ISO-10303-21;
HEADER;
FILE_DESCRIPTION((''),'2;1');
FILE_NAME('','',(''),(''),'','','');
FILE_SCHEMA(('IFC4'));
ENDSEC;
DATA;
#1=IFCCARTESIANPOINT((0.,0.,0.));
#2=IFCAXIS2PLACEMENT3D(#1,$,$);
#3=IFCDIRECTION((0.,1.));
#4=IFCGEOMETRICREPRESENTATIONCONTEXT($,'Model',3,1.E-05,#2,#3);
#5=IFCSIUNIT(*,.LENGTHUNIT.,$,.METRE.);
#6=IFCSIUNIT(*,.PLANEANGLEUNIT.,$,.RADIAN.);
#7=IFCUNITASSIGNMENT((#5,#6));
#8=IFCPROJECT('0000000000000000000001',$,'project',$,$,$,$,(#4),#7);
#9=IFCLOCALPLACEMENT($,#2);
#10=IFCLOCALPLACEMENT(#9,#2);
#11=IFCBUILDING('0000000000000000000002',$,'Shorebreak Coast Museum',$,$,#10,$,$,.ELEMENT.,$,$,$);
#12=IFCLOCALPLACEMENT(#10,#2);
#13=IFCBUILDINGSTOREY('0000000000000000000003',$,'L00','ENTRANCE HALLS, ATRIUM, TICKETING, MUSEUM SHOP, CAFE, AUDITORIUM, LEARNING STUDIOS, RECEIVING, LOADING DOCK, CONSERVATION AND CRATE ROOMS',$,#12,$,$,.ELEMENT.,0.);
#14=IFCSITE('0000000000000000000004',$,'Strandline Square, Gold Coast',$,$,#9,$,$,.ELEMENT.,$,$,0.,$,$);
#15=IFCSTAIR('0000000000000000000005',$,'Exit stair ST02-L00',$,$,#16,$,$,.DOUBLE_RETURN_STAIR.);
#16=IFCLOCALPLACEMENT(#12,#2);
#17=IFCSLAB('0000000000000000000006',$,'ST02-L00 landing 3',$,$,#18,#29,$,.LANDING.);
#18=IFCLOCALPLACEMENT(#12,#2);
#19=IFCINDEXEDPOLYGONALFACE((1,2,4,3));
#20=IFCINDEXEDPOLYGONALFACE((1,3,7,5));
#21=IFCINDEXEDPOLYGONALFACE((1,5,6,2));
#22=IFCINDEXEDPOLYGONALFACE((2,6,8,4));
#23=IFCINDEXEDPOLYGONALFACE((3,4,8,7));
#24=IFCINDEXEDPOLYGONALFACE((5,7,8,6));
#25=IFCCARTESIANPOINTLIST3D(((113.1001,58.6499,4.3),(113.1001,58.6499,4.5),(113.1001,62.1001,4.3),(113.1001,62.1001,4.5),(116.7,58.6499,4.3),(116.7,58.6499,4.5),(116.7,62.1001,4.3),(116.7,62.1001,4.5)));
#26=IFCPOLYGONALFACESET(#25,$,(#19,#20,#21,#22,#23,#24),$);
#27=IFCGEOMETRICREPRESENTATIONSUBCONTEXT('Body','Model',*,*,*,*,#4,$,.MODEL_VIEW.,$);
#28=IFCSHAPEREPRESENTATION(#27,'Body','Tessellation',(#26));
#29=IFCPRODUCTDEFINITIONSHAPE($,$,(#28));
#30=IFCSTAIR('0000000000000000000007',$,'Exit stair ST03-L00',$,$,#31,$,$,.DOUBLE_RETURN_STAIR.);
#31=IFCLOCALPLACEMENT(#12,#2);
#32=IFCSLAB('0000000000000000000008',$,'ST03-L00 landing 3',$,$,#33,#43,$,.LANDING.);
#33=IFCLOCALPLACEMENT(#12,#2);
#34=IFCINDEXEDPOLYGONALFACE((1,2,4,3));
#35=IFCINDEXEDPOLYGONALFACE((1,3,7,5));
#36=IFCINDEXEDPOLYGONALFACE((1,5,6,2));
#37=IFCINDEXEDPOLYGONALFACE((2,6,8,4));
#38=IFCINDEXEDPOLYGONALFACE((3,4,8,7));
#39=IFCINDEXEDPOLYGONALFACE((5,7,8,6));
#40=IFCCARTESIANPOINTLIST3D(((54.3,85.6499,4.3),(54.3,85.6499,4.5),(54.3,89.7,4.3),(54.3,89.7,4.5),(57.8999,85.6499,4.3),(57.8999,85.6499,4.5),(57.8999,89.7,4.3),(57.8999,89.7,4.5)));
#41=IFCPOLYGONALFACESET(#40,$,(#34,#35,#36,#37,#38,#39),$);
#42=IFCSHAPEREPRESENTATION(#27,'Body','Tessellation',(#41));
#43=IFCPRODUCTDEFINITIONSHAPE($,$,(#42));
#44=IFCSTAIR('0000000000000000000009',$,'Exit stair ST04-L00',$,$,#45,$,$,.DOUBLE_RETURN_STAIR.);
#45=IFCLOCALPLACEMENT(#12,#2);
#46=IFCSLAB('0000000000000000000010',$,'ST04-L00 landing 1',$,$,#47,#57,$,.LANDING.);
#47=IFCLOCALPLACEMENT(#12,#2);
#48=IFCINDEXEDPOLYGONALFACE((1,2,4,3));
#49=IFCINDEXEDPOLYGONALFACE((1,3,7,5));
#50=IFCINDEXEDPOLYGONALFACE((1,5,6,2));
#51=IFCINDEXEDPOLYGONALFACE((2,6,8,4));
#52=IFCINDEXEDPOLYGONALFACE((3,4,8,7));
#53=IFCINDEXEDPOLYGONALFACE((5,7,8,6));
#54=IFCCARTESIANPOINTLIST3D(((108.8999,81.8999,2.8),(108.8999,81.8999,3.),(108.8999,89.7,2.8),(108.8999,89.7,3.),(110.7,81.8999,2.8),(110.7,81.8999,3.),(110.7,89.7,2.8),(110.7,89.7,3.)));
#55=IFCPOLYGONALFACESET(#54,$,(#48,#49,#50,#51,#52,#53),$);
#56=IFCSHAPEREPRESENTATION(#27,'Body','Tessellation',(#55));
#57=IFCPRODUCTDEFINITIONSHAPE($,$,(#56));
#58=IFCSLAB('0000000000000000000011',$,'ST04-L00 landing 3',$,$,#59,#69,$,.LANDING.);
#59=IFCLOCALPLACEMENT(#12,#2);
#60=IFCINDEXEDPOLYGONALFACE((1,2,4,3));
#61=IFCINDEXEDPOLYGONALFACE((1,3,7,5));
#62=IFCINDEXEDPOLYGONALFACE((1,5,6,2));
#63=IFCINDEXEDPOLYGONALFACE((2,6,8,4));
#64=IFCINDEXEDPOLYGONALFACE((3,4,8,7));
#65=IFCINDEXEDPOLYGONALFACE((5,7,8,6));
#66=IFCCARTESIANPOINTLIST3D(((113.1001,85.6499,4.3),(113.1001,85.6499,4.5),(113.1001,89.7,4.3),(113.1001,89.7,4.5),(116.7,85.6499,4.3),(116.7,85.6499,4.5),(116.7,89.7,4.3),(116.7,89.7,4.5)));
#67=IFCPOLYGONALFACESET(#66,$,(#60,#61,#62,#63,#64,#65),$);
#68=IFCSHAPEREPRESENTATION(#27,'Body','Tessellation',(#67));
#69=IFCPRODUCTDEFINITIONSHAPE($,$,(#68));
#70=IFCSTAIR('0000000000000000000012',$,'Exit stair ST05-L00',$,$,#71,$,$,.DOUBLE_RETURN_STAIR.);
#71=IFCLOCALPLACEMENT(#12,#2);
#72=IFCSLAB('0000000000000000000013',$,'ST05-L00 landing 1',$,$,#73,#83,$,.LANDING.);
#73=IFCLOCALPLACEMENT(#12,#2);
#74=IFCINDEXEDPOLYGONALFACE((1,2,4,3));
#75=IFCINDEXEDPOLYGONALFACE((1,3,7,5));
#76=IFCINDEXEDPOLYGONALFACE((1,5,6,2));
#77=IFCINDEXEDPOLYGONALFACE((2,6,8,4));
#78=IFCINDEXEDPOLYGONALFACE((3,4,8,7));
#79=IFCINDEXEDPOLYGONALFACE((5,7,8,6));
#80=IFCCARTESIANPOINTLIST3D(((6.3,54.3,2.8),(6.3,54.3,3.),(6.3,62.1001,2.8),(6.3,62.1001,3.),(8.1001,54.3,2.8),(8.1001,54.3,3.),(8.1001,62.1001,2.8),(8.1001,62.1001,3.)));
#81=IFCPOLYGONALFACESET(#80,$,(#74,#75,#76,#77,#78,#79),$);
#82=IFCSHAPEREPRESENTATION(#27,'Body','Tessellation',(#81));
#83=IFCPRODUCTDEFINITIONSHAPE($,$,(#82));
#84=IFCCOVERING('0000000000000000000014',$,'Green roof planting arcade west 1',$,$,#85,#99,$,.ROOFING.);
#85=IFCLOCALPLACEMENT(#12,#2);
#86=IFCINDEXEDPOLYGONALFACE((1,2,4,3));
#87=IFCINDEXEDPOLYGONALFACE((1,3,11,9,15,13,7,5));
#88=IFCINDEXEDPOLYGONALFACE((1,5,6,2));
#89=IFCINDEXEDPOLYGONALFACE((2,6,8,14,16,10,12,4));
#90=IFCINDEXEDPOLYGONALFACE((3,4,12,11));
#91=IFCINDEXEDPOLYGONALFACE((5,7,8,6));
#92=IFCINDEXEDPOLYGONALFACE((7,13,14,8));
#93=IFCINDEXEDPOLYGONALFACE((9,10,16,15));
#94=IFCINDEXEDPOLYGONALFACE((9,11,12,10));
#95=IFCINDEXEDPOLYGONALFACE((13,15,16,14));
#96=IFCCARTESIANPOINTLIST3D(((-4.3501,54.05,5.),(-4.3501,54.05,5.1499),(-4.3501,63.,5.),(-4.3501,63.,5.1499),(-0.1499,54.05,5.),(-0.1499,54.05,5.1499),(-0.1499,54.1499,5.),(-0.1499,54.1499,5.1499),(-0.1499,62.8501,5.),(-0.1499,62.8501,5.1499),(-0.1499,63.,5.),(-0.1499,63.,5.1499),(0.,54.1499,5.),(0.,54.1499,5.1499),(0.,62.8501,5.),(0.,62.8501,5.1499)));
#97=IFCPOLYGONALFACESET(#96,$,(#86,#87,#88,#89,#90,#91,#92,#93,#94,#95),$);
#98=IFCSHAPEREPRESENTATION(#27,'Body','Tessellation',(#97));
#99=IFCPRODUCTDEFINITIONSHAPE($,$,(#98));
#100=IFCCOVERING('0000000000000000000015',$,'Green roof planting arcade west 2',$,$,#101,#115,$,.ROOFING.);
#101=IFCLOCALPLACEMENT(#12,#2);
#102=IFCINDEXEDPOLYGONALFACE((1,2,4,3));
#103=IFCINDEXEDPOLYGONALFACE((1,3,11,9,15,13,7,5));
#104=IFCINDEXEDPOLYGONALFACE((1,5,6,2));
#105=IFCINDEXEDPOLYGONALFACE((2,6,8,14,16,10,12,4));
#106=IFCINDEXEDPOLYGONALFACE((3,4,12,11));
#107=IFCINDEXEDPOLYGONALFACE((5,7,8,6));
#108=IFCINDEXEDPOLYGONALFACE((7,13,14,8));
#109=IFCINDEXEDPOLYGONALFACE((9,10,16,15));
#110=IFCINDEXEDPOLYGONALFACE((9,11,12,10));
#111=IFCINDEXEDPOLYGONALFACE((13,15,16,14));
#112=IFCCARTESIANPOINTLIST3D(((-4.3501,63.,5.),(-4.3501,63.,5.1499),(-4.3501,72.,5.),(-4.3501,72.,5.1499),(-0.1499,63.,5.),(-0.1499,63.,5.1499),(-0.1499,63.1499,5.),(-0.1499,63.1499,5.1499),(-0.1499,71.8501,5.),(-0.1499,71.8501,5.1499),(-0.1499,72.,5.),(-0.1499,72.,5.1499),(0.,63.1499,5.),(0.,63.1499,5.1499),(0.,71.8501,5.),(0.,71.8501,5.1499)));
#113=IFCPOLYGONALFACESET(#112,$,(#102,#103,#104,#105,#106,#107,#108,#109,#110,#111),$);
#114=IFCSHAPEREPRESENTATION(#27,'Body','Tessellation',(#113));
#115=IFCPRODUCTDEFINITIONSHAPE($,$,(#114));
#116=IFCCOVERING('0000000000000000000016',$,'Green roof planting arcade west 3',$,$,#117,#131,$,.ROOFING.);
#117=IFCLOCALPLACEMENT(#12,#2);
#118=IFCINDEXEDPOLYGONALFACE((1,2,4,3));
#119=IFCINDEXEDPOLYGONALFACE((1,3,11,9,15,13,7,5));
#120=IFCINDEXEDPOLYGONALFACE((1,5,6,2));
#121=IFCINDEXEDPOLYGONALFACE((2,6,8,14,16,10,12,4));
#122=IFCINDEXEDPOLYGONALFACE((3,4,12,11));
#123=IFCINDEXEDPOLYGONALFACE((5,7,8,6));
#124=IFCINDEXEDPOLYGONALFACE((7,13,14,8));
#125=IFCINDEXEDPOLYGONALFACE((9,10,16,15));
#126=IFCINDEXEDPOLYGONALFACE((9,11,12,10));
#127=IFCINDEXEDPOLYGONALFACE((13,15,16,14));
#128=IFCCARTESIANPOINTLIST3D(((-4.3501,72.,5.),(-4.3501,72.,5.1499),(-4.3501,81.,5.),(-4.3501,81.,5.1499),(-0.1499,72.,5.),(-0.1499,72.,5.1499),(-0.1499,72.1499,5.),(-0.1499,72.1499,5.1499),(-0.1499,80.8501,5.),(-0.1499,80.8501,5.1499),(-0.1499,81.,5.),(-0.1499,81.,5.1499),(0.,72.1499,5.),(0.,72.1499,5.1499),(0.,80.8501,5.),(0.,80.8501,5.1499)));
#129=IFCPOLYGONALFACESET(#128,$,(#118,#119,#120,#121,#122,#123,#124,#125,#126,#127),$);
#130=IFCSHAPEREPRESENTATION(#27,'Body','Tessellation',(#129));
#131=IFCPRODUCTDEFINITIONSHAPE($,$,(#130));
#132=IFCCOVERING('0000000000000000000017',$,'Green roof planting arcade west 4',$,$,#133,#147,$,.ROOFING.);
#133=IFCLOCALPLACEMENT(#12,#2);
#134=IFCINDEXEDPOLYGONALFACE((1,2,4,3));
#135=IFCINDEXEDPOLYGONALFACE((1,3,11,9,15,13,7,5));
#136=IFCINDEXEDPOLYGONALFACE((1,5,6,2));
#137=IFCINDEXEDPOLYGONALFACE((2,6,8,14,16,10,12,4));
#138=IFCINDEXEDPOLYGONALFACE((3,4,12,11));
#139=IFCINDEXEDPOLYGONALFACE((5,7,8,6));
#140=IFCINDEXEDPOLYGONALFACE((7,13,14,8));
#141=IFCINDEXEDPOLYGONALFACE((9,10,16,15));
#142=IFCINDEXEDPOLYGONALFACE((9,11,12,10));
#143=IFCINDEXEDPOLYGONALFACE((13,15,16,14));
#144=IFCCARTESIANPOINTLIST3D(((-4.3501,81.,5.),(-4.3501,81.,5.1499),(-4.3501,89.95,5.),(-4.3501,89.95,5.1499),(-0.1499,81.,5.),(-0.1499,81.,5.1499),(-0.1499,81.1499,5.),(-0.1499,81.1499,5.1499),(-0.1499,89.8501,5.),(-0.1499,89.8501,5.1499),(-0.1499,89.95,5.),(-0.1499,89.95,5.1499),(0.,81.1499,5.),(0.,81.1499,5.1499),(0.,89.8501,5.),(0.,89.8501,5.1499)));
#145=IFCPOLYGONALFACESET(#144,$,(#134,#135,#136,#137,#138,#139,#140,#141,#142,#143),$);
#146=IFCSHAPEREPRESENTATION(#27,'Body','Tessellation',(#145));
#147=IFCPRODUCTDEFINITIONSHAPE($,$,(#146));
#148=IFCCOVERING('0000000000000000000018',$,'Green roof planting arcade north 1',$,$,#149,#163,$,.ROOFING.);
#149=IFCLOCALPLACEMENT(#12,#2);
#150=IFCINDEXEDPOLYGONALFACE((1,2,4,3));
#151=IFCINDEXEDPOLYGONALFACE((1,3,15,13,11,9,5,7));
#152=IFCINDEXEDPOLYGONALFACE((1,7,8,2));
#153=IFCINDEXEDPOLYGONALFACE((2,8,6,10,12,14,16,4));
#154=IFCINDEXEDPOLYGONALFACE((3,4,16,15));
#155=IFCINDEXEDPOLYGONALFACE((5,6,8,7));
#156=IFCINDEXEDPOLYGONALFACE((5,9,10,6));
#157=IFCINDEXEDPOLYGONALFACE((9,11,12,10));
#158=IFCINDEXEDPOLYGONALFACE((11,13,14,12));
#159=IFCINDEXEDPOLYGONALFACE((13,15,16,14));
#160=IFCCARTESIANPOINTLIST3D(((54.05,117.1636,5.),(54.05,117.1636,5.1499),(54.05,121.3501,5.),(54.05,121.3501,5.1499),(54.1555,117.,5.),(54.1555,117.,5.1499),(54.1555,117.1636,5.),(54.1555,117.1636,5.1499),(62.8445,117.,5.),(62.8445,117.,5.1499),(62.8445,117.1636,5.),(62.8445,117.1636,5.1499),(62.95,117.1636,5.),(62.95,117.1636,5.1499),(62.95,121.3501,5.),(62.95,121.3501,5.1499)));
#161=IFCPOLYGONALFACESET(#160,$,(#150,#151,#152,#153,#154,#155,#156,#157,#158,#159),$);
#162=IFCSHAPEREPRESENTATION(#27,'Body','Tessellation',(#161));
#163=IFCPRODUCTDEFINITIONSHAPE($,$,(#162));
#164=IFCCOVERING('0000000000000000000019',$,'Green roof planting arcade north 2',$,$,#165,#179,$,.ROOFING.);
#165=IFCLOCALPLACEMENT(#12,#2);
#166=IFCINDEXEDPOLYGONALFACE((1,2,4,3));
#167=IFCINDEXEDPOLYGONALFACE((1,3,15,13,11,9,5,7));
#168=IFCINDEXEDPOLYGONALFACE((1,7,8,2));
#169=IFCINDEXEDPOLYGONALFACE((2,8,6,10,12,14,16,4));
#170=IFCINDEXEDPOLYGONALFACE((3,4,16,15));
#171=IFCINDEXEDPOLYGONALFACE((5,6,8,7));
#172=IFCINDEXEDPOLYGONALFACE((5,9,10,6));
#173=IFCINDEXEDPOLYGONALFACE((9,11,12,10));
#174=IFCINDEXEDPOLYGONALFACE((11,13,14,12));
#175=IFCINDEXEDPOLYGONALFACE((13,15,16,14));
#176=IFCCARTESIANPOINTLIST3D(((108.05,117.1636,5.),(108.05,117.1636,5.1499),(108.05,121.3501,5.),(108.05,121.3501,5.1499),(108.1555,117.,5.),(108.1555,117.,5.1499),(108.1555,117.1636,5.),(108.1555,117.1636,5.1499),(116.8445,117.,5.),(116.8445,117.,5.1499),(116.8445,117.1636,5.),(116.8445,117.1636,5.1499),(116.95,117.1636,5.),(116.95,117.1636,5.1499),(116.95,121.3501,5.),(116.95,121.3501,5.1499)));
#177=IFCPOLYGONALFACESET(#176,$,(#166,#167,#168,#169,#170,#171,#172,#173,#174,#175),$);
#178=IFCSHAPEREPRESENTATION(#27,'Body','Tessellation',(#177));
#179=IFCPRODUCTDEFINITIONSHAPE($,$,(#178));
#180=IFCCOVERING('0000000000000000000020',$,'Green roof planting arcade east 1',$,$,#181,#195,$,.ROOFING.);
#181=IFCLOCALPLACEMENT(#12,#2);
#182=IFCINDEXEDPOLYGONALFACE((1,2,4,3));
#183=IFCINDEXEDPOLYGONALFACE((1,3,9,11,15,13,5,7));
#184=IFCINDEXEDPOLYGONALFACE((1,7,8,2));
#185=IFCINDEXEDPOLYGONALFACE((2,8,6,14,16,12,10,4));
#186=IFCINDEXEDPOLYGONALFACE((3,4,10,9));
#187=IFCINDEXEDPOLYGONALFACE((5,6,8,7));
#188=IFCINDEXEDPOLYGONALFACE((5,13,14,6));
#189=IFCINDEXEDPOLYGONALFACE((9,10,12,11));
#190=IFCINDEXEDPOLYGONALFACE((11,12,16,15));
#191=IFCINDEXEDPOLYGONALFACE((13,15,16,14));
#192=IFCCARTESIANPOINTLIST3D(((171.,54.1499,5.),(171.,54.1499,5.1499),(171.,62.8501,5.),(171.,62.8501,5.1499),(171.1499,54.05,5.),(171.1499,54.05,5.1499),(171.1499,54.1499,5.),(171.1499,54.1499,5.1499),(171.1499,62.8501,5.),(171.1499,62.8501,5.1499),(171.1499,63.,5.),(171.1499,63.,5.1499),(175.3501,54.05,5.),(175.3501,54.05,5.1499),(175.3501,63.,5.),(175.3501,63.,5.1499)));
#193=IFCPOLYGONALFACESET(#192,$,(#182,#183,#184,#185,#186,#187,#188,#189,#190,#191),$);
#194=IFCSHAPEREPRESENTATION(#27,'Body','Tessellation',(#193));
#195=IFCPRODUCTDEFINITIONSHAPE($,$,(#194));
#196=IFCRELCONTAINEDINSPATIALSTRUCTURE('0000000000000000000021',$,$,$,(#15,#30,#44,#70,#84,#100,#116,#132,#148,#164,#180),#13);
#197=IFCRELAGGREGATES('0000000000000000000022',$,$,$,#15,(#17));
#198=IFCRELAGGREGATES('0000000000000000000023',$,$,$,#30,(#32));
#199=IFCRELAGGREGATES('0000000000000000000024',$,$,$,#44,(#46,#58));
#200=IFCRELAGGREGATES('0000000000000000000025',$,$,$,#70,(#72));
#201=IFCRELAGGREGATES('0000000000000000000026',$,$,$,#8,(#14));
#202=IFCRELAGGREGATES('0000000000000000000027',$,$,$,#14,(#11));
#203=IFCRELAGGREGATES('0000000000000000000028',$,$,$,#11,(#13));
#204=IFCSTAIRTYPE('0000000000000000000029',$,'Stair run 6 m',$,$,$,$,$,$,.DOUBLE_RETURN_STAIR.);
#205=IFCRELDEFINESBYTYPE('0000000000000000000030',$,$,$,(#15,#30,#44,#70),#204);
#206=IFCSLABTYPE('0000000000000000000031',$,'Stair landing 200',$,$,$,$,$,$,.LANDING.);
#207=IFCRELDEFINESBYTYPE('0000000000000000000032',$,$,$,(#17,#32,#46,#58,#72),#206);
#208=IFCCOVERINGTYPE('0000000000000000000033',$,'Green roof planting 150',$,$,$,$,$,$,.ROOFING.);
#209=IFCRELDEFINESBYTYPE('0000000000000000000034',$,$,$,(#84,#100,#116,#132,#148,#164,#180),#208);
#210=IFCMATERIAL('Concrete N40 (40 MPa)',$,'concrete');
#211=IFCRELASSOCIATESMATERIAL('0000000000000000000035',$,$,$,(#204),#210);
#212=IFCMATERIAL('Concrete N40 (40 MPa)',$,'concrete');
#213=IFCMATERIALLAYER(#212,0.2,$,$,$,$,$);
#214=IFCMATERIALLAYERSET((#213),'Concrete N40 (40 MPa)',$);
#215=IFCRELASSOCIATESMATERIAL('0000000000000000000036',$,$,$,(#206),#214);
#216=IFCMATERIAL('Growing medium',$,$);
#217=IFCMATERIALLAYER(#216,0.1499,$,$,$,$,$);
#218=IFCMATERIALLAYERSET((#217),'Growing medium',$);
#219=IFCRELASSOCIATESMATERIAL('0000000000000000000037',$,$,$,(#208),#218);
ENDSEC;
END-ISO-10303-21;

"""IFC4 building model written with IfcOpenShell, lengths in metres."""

from ifc_helpers import new_model, si_unit, direction, frame, origin, place, context, subcontext, project, spatial, polyline, outline, extrude, material, layer, layer_set, type_object, element, aggregate, save


model = new_model("IFC4")

# Units and contexts
model_context = context("Model", 3, precision=1e-05, world=origin(), true_north=direction((0.0, 1.0)))
body_context = subcontext(model_context, "Body", "Model", "MODEL_VIEW")
ifc_project = project(units=[si_unit("LENGTHUNIT", "METRE"), si_unit("PLANEANGLEUNIT", "RADIAN")], contexts=[model_context])

# Site, building, storey
site_placement = place(None, origin())
site = spatial("IfcSite", under=ifc_project, at=site_placement, Name="Strandline Square, Gold Coast", CompositionType="ELEMENT", RefElevation=0.0)
building_placement = place(site_placement, origin())
building = spatial("IfcBuilding", under=site, at=building_placement, Name="Shorebreak Coast Museum", CompositionType="ELEMENT")
storey_placement = place(building_placement, origin())
storey = spatial("IfcBuildingStorey", under=building, at=storey_placement, Name="L00", Description="ENTRANCE HALLS, ATRIUM, TICKETING, MUSEUM SHOP, CAFE, AUDITORIUM, LEARNING STUDIOS, RECEIVING, LOADING DOCK, CONSERVATION AND CRATE ROOMS", CompositionType="ELEMENT", Elevation=0.0)

# Stairs, slabs
ifc_material_1 = material(Name="Concrete N40 (40 MPa)", Category="concrete")
stair_type = type_object("IfcStairType", Name="Stair run 6 m", PredefinedType="DOUBLE_RETURN_STAIR", material=ifc_material_1)
ifc_material_2 = material(Name="Concrete N40 (40 MPa)", Category="concrete")
ifc_layer_1 = layer(ifc_material_2, 0.2)
ifc_layer_set_1 = layer_set([ifc_layer_1], Name="Concrete N40 (40 MPa)")
slab_type_1 = type_object("IfcSlabType", Name="Stair landing 200", PredefinedType="LANDING", material=ifc_layer_set_1)
stair_1_placement = place(storey_placement, origin())
stair_1 = element("IfcStair", 1, at=stair_1_placement, inside=storey, type_object=stair_type, Name="Exit stair ST02-L00", PredefinedType="DOUBLE_RETURN_STAIR")
slab_1_placement = place(storey_placement, frame((0.0, 0.0, 4.3)))
slab_1 = element("IfcSlab", 2, at=slab_1_placement, type_object=slab_type_1, Name="ST02-L00 landing 3", PredefinedType="LANDING", context=body_context, shape_type="SweptSolid", body=[
    extrude(outline(polyline([(113.1001, 58.6499), (116.7, 58.6499), (116.7, 62.1001), (113.1001, 62.1001), (113.1001, 58.6499)])), origin(), (0.0, 0.0, 1.0), 0.2),
])
aggregate(stair_1, [slab_1])
stair_2_placement = place(storey_placement, origin())
stair_2 = element("IfcStair", 3, at=stair_2_placement, inside=storey, type_object=stair_type, Name="Exit stair ST03-L00", PredefinedType="DOUBLE_RETURN_STAIR")
slab_2_placement = place(storey_placement, frame((0.0, 0.0, 4.3)))
slab_2 = element("IfcSlab", 4, at=slab_2_placement, type_object=slab_type_1, Name="ST03-L00 landing 3", PredefinedType="LANDING", context=body_context, shape_type="SweptSolid", body=[
    extrude(outline(polyline([(54.3, 85.6499), (57.8999, 85.6499), (57.8999, 89.7), (54.3, 89.7), (54.3, 85.6499)])), origin(), (0.0, 0.0, 1.0), 0.2),
])
aggregate(stair_2, [slab_2])

# Stair, slabs
stair_3_placement = place(storey_placement, origin())
stair_3 = element("IfcStair", 5, at=stair_3_placement, inside=storey, type_object=stair_type, Name="Exit stair ST04-L00", PredefinedType="DOUBLE_RETURN_STAIR")
slab_3_placement = place(storey_placement, frame((0.0, 0.0, 2.8)))
slab_3 = element("IfcSlab", 6, at=slab_3_placement, type_object=slab_type_1, Name="ST04-L00 landing 1", PredefinedType="LANDING", context=body_context, shape_type="SweptSolid", body=[
    extrude(outline(polyline([(108.8999, 81.8999), (110.7, 81.8999), (110.7, 89.7), (108.8999, 89.7), (108.8999, 81.8999)])), origin(), (0.0, 0.0, 1.0), 0.2),
])
slab_4_placement = place(storey_placement, frame((0.0, 0.0, 4.3)))
slab_4 = element("IfcSlab", 7, at=slab_4_placement, type_object=slab_type_1, Name="ST04-L00 landing 3", PredefinedType="LANDING", context=body_context, shape_type="SweptSolid", body=[
    extrude(outline(polyline([(113.1001, 85.6499), (116.7, 85.6499), (116.7, 89.7), (113.1001, 89.7), (113.1001, 85.6499)])), origin(), (0.0, 0.0, 1.0), 0.2),
])
aggregate(stair_3, [slab_3, slab_4])

# Stair, slab
stair_4_placement = place(storey_placement, origin())
stair_4 = element("IfcStair", 8, at=stair_4_placement, inside=storey, type_object=stair_type, Name="Exit stair ST05-L00", PredefinedType="DOUBLE_RETURN_STAIR")
slab_5_placement = place(storey_placement, frame((0.0, 0.0, 2.8)))
slab_5 = element("IfcSlab", 9, at=slab_5_placement, type_object=slab_type_1, Name="ST05-L00 landing 1", PredefinedType="LANDING", context=body_context, shape_type="SweptSolid", body=[
    extrude(outline(polyline([(6.3, 54.3), (8.1001, 54.3), (8.1001, 62.1001), (6.3, 62.1001), (6.3, 54.3)])), origin(), (0.0, 0.0, 1.0), 0.2),
])
aggregate(stair_4, [slab_5])

# Coverings
ifc_material_3 = material(Name="Growing medium")
ifc_layer_2 = layer(ifc_material_3, 0.1499)
ifc_layer_set_2 = layer_set([ifc_layer_2], Name="Growing medium")
covering_type = type_object("IfcCoveringType", Name="Green roof planting 150", PredefinedType="ROOFING", material=ifc_layer_set_2)
covering_1_placement = place(storey_placement, frame((0.0, 0.0, 5.0)))
element("IfcCovering", 10, at=covering_1_placement, inside=storey, type_object=covering_type, Name="Green roof planting arcade west 1", PredefinedType="ROOFING", context=body_context, shape_type="SweptSolid", body=[
    extrude(outline(polyline([(-4.3501, 54.05), (-4.3501, 63.0), (-0.1499, 63.0), (-0.1499, 62.8501), (0.0, 62.8501), (0.0, 54.1499), (-0.1499, 54.1499), (-0.1499, 54.05), (-4.3501, 54.05)])), origin(), (0.0, 0.0, 1.0), 0.1499),
])
covering_2_placement = place(storey_placement, frame((0.0, 0.0, 5.0)))
element("IfcCovering", 11, at=covering_2_placement, inside=storey, type_object=covering_type, Name="Green roof planting arcade west 2", PredefinedType="ROOFING", context=body_context, shape_type="SweptSolid", body=[
    extrude(outline(polyline([(-4.3501, 63.0), (-4.3501, 72.0), (-0.1499, 72.0), (-0.1499, 71.8501), (0.0, 71.8501), (0.0, 63.1499), (-0.1499, 63.1499), (-0.1499, 63.0), (-4.3501, 63.0)])), origin(), (0.0, 0.0, 1.0), 0.1499),
])
covering_3_placement = place(storey_placement, frame((0.0, 0.0, 5.0)))
element("IfcCovering", 12, at=covering_3_placement, inside=storey, type_object=covering_type, Name="Green roof planting arcade west 3", PredefinedType="ROOFING", context=body_context, shape_type="SweptSolid", body=[
    extrude(outline(polyline([(-4.3501, 72.0), (-4.3501, 81.0), (-0.1499, 81.0), (-0.1499, 80.8501), (0.0, 80.8501), (0.0, 72.1499), (-0.1499, 72.1499), (-0.1499, 72.0), (-4.3501, 72.0)])), origin(), (0.0, 0.0, 1.0), 0.1499),
])
covering_4_placement = place(storey_placement, frame((0.0, 0.0, 5.0)))
element("IfcCovering", 13, at=covering_4_placement, inside=storey, type_object=covering_type, Name="Green roof planting arcade west 4", PredefinedType="ROOFING", context=body_context, shape_type="SweptSolid", body=[
    extrude(outline(polyline([(-4.3501, 81.0), (-4.3501, 89.95), (-0.1499, 89.95), (-0.1499, 89.8501), (0.0, 89.8501), (0.0, 81.1499), (-0.1499, 81.1499), (-0.1499, 81.0), (-4.3501, 81.0)])), origin(), (0.0, 0.0, 1.0), 0.1499),
])
covering_5_placement = place(storey_placement, frame((0.0, 0.0, 5.0)))
element("IfcCovering", 14, at=covering_5_placement, inside=storey, type_object=covering_type, Name="Green roof planting arcade north 1", PredefinedType="ROOFING", context=body_context, shape_type="SweptSolid", body=[
    extrude(outline(polyline([(54.05, 121.3501), (62.95, 121.3501), (62.95, 117.1636), (62.8445, 117.1636), (62.8445, 117.0), (54.1555, 117.0), (54.1555, 117.1636), (54.05, 117.1636), (54.05, 121.3501)])), origin(), (0.0, 0.0, 1.0), 0.1499),
])
covering_6_placement = place(storey_placement, frame((0.0, 0.0, 5.0)))
element("IfcCovering", 15, at=covering_6_placement, inside=storey, type_object=covering_type, Name="Green roof planting arcade north 2", PredefinedType="ROOFING", context=body_context, shape_type="SweptSolid", body=[
    extrude(outline(polyline([(108.05, 121.3501), (116.95, 121.3501), (116.95, 117.1636), (116.8445, 117.1636), (116.8445, 117.0), (108.1555, 117.0), (108.1555, 117.1636), (108.05, 117.1636), (108.05, 121.3501)])), origin(), (0.0, 0.0, 1.0), 0.1499),
])
covering_7_placement = place(storey_placement, frame((0.0, 0.0, 5.0)))
element("IfcCovering", 16, at=covering_7_placement, inside=storey, type_object=covering_type, Name="Green roof planting arcade east 1", PredefinedType="ROOFING", context=body_context, shape_type="SweptSolid", body=[
    extrude(outline(polyline([(175.3501, 54.05), (175.3501, 63.0), (171.1499, 63.0), (171.1499, 62.8501), (171.0, 62.8501), (171.0, 54.1499), (171.1499, 54.1499), (171.1499, 54.05), (175.3501, 54.05)])), origin(), (0.0, 0.0, 1.0), 0.1499),
])

save(model, "model.ifc")
